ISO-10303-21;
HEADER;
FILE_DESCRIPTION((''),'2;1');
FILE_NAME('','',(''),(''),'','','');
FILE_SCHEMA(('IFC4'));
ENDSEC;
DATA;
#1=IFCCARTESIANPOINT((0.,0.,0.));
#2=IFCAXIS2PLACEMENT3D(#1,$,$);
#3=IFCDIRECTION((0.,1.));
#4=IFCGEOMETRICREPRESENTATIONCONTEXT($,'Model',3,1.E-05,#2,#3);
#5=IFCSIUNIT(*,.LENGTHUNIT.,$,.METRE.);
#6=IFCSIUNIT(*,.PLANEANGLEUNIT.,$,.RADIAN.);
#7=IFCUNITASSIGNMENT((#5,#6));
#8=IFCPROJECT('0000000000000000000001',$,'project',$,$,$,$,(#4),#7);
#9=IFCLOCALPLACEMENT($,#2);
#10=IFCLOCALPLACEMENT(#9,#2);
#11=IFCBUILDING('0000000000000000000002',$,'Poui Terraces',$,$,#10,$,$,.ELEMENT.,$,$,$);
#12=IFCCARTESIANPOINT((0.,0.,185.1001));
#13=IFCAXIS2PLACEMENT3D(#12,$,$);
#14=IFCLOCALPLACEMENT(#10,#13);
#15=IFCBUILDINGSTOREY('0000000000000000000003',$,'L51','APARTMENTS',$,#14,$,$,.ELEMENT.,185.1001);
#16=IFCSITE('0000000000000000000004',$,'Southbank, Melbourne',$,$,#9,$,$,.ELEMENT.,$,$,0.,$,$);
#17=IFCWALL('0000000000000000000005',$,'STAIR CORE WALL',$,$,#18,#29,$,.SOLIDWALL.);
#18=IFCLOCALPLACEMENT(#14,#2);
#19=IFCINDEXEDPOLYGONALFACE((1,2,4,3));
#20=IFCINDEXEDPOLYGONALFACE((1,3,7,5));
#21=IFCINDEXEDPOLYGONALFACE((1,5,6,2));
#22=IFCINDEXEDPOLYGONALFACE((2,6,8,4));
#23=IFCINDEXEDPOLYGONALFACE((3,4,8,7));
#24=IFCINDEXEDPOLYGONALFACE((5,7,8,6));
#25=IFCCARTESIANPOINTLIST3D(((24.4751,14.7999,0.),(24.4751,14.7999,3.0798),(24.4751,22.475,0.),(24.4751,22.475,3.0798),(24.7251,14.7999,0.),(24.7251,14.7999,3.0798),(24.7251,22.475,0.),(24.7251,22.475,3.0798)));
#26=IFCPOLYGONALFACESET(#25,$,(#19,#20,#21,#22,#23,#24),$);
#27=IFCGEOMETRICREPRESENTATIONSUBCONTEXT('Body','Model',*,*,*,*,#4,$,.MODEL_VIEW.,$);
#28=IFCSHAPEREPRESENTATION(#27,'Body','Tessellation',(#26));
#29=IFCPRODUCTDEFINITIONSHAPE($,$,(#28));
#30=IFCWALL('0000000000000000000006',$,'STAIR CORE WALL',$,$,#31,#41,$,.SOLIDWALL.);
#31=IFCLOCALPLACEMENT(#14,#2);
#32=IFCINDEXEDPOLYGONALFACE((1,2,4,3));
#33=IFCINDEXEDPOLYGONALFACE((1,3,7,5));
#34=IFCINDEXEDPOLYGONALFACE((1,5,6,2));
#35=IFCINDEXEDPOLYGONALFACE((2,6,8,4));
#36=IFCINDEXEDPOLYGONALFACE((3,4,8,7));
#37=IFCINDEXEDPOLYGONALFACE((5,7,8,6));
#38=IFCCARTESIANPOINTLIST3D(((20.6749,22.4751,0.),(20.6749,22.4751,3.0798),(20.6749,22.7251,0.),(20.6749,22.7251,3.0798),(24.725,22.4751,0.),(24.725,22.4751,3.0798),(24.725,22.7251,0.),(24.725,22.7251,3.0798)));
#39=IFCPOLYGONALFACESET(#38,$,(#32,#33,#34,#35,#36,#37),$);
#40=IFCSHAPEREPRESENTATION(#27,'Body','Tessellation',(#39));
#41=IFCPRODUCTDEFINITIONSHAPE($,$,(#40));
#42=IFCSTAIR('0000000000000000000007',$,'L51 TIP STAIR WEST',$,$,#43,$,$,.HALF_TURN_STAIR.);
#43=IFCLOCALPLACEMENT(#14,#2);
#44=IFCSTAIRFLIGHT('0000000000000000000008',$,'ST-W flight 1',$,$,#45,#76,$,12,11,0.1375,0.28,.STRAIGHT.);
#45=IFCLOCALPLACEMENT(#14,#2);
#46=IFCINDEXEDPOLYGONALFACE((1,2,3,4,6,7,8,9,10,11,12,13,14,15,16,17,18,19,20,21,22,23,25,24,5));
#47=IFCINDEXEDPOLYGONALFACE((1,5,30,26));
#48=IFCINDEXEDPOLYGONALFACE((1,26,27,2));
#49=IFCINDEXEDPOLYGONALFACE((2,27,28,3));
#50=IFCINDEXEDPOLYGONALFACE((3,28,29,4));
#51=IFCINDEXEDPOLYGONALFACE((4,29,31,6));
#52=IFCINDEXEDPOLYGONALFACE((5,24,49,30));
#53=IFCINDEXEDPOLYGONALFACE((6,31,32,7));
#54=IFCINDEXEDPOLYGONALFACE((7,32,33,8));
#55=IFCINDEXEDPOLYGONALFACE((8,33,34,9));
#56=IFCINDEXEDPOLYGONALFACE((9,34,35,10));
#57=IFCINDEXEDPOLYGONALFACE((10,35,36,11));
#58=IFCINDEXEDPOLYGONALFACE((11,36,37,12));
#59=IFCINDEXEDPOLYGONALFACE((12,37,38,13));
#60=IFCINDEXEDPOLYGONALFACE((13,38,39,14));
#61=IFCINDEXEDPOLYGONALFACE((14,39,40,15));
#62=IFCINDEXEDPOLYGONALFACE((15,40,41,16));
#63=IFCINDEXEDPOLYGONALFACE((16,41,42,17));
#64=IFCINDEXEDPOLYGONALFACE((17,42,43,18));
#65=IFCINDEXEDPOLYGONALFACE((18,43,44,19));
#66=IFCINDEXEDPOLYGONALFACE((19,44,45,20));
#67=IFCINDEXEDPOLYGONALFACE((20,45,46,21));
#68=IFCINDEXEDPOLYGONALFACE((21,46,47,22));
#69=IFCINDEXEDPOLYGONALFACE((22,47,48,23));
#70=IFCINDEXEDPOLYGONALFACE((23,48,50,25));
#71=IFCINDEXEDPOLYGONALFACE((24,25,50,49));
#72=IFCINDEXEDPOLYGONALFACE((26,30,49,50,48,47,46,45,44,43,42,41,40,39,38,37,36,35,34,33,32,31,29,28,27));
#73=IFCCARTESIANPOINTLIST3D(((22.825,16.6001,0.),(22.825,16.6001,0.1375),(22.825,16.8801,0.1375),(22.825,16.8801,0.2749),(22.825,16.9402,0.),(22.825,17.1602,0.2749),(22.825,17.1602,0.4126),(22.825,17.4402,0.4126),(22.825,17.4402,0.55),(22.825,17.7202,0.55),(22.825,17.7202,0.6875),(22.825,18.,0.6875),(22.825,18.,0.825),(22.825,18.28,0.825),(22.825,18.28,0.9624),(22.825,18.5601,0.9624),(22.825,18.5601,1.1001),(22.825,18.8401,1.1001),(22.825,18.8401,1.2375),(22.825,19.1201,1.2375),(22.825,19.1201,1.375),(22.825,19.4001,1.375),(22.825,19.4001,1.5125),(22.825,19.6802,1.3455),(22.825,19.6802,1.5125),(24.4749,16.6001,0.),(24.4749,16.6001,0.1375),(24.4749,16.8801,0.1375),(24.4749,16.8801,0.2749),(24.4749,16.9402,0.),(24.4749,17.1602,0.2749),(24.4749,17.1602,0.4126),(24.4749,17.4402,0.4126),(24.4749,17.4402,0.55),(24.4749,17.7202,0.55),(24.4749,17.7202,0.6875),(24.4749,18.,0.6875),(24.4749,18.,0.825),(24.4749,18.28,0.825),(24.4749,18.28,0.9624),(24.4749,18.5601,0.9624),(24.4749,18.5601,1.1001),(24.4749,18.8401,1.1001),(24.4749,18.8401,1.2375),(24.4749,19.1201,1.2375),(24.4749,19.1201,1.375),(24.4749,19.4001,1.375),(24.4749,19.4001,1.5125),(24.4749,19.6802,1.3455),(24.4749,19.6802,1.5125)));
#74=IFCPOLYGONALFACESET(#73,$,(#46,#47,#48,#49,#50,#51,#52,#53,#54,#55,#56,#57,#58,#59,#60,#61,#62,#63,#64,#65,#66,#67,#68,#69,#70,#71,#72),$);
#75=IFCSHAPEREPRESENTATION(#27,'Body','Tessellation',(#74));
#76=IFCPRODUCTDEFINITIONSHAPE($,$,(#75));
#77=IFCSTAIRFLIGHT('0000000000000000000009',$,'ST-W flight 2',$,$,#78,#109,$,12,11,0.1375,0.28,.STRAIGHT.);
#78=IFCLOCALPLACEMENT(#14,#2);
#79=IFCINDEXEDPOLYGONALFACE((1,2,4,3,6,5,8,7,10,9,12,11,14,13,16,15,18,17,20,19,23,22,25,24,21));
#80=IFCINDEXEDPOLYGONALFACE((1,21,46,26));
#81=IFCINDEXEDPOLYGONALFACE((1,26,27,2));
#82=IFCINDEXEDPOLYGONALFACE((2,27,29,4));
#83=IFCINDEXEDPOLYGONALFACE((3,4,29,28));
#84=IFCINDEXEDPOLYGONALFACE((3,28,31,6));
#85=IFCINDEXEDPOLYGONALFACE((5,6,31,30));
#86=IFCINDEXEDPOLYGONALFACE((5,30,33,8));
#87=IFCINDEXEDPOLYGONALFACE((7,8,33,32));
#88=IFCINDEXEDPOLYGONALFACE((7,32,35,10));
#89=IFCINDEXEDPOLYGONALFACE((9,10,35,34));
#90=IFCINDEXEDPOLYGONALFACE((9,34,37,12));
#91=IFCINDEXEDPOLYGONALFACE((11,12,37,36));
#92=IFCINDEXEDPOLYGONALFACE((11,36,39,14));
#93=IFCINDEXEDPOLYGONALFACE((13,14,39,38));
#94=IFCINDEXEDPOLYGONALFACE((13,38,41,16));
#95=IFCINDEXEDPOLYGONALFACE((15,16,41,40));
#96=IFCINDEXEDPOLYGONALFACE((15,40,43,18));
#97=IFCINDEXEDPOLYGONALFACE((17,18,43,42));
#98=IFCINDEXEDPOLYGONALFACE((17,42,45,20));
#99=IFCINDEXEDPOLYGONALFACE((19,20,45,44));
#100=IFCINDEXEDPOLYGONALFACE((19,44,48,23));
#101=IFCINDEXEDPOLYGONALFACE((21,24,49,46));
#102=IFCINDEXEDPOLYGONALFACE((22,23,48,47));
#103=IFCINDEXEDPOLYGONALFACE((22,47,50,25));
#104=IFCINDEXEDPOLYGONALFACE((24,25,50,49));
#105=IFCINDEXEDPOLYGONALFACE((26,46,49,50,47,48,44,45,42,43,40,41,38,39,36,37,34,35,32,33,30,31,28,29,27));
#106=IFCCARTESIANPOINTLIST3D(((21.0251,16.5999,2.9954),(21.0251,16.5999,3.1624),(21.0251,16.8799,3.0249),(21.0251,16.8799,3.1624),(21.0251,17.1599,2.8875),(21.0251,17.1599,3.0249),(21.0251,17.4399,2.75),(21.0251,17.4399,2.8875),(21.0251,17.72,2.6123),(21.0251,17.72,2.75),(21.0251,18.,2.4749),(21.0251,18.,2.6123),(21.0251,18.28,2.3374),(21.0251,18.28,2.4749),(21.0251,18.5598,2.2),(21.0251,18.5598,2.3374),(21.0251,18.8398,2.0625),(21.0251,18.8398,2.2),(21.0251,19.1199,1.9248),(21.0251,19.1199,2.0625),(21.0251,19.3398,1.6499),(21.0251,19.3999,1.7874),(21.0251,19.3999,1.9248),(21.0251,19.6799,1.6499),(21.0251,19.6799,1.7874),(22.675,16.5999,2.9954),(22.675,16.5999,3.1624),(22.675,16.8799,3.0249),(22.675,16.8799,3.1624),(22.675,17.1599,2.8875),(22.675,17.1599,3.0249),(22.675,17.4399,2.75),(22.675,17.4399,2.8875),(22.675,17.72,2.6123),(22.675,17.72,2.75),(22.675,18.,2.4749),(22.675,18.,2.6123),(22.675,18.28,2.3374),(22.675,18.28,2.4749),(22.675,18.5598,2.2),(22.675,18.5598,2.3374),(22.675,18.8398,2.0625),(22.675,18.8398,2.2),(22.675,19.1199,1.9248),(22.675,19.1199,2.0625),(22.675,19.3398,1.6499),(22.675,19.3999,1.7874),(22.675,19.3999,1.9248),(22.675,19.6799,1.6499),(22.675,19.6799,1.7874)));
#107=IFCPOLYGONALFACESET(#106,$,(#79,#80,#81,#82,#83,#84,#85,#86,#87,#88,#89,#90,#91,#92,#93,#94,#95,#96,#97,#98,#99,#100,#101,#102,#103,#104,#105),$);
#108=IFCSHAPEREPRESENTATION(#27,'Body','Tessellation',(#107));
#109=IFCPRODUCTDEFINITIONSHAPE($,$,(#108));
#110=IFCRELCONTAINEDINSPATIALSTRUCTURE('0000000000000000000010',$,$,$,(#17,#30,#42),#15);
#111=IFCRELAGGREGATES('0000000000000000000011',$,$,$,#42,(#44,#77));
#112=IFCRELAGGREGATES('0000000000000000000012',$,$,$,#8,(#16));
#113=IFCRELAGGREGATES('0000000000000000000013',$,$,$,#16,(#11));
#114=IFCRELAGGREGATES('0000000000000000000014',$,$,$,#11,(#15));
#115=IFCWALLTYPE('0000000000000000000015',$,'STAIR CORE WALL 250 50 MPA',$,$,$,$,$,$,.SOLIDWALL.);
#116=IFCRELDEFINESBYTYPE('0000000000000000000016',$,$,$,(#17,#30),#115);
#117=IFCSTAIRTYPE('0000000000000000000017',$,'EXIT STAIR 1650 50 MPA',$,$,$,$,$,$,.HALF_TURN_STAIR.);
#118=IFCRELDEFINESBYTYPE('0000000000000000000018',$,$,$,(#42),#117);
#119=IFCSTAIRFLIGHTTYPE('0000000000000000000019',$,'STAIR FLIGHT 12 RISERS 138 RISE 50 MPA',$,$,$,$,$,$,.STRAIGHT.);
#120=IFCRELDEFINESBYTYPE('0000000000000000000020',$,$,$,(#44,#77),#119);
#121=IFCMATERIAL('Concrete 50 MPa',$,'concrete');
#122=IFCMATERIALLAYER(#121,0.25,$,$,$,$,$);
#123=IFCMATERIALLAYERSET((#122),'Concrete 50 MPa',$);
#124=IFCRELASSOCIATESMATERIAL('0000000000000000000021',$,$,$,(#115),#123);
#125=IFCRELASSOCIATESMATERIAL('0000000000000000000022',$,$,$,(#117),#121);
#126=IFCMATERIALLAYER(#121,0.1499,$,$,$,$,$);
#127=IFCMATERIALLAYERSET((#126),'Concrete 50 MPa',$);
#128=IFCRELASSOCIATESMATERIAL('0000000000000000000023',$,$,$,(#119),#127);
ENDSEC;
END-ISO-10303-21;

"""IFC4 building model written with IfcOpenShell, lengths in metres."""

from ifc_helpers import new_model, si_unit, direction, frame, frame_2d, origin, place, context, subcontext, project, spatial, polyline, rectangle, outline, extrude, material, layer, layer_set, type_object, element, aggregate, save


model = new_model("IFC4")

# Units and contexts
model_context = context("Model", 3, precision=1e-05, world=origin(), true_north=direction((0.0, 1.0)))
body_context = subcontext(model_context, "Body", "Model", "MODEL_VIEW")
ifc_project = project(units=[si_unit("LENGTHUNIT", "METRE"), si_unit("PLANEANGLEUNIT", "RADIAN")], contexts=[model_context])

# Site, building, storey
site_placement = place(None, origin())
site = spatial("IfcSite", under=ifc_project, at=site_placement, Name="Southbank, Melbourne", CompositionType="ELEMENT", RefElevation=0.0)
building_placement = place(site_placement, origin())
building = spatial("IfcBuilding", under=site, at=building_placement, Name="Poui Terraces", CompositionType="ELEMENT")
storey_placement = place(building_placement, frame((0.0, 0.0, 185.1001)))
storey = spatial("IfcBuildingStorey", under=building, at=storey_placement, Name="L51", Description="APARTMENTS", CompositionType="ELEMENT", Elevation=185.1001)

# Walls
ifc_material_1 = material(Name="Concrete 50 MPa", Category="concrete")
ifc_layer_1 = layer(ifc_material_1, 0.25)
ifc_layer_set_1 = layer_set([ifc_layer_1], Name="Concrete 50 MPa")
wall_type = type_object("IfcWallType", Name="STAIR CORE WALL 250 50 MPA", PredefinedType="SOLIDWALL", material=ifc_layer_set_1)
wall_1_placement = place(storey_placement, frame((24.6001, 14.8, 0.0), z_axis=(0.0, 0.0, 1.0), x_axis=(0.0, 1.0, 0.0)))
element("IfcWall", 1, at=wall_1_placement, inside=storey, type_object=wall_type, Name="STAIR CORE WALL", PredefinedType="SOLIDWALL", context=body_context, shape_type="SweptSolid", body=[
    extrude(rectangle(XDim=7.675, YDim=0.25, at=frame_2d((3.8374, 0.0))), origin(), (0.0, 0.0, 1.0), 3.0798),
])
wall_2_placement = place(storey_placement, frame((20.675, 22.6001, 0.0), z_axis=(0.0, 0.0, 1.0), x_axis=(1.0, 0.0, 0.0)))
element("IfcWall", 2, at=wall_2_placement, inside=storey, type_object=wall_type, Name="STAIR CORE WALL", PredefinedType="SOLIDWALL", context=body_context, shape_type="SweptSolid", body=[
    extrude(rectangle(XDim=4.05, YDim=0.25, at=frame_2d((2.0249, 0.0))), origin(), (0.0, 0.0, 1.0), 3.0798),
])

# Stair, stair flights
stair_type = type_object("IfcStairType", Name="EXIT STAIR 1650 50 MPA", PredefinedType="HALF_TURN_STAIR", material=ifc_material_1)
stair_placement = place(storey_placement, origin())
stair = element("IfcStair", 3, at=stair_placement, inside=storey, type_object=stair_type, Name="L51 TIP STAIR WEST", PredefinedType="HALF_TURN_STAIR")
ifc_layer_2 = layer(ifc_material_1, 0.1499)
ifc_layer_set_2 = layer_set([ifc_layer_2], Name="Concrete 50 MPa")
stair_flight_type = type_object("IfcStairFlightType", Name="STAIR FLIGHT 12 RISERS 138 RISE 50 MPA", PredefinedType="STRAIGHT", material=ifc_layer_set_2)
stair_flight_1_placement = place(storey_placement, frame((23.6499, 16.6001, 0.0), z_axis=(0.0, 0.0, 1.0), x_axis=(0.0, 1.0, 0.0)))
stair_flight_1 = element("IfcStairFlight", 4, at=stair_flight_1_placement, type_object=stair_flight_type, Name="ST-W flight 1", NumberOfRisers=12, NumberOfTreads=11, PredefinedType="STRAIGHT", RiserHeight=0.1375, TreadLength=0.28, context=body_context, shape_type="SweptSolid", body=[
    extrude(outline(polyline([(0.0, 0.0), (0.0, 0.1375), (0.28, 0.1375), (0.28, 0.2749), (0.5601, 0.2749), (0.5601, 0.4126), (0.8401, 0.4126), (0.8401, 0.55), (1.1201, 0.55), (1.1201, 0.6875), (1.3999, 0.6875), (1.3999, 0.825), (1.6799, 0.825), (1.6799, 0.9624), (1.96, 0.9624), (1.96, 1.1001), (2.24, 1.1001), (2.24, 1.2375), (2.52, 1.2375), (2.52, 1.375), (2.8, 1.375), (2.8, 1.5125), (3.0801, 1.5125), (3.0801, 1.6499), (3.0801, 1.3455), (0.3401, 0.0), (0.0, 0.0)])), frame((0.0, 0.825, 0.0), z_axis=(0.0, -1.0, 0.0), x_axis=(1.0, 0.0, 0.0)), (0.0, 0.0, 1.0), 1.6499),
])
stair_flight_2_placement = place(storey_placement, frame((21.8501, 19.6799, 1.6499), z_axis=(0.0, 0.0, 1.0), x_axis=(0.0, -1.0, 0.0)))
stair_flight_2 = element("IfcStairFlight", 5, at=stair_flight_2_placement, type_object=stair_flight_type, Name="ST-W flight 2", NumberOfRisers=12, NumberOfTreads=11, PredefinedType="STRAIGHT", RiserHeight=0.1375, TreadLength=0.28, context=body_context, shape_type="SweptSolid", body=[
    extrude(outline(polyline([(0.0, 0.0), (0.0, 0.1375), (0.28, 0.1375), (0.28, 0.2749), (0.5601, 0.2749), (0.5601, 0.4126), (0.8401, 0.4126), (0.8401, 0.55), (1.1201, 0.55), (1.1201, 0.6875), (1.3999, 0.6875), (1.3999, 0.825), (1.6799, 0.825), (1.6799, 0.9624), (1.96, 0.9624), (1.96, 1.1001), (2.24, 1.1001), (2.24, 1.2375), (2.52, 1.2375), (2.52, 1.375), (2.8, 1.375), (2.8, 1.5125), (3.0801, 1.5125), (3.0801, 1.6499), (3.0801, 1.3455), (0.3401, 0.0), (0.0, 0.0)])), frame((0.0, 0.825, 0.0), z_axis=(0.0, -1.0, 0.0), x_axis=(1.0, 0.0, 0.0)), (0.0, 0.0, 1.0), 1.6499),
])
aggregate(stair, [stair_flight_1, stair_flight_2])

save(model, "model.ifc")
